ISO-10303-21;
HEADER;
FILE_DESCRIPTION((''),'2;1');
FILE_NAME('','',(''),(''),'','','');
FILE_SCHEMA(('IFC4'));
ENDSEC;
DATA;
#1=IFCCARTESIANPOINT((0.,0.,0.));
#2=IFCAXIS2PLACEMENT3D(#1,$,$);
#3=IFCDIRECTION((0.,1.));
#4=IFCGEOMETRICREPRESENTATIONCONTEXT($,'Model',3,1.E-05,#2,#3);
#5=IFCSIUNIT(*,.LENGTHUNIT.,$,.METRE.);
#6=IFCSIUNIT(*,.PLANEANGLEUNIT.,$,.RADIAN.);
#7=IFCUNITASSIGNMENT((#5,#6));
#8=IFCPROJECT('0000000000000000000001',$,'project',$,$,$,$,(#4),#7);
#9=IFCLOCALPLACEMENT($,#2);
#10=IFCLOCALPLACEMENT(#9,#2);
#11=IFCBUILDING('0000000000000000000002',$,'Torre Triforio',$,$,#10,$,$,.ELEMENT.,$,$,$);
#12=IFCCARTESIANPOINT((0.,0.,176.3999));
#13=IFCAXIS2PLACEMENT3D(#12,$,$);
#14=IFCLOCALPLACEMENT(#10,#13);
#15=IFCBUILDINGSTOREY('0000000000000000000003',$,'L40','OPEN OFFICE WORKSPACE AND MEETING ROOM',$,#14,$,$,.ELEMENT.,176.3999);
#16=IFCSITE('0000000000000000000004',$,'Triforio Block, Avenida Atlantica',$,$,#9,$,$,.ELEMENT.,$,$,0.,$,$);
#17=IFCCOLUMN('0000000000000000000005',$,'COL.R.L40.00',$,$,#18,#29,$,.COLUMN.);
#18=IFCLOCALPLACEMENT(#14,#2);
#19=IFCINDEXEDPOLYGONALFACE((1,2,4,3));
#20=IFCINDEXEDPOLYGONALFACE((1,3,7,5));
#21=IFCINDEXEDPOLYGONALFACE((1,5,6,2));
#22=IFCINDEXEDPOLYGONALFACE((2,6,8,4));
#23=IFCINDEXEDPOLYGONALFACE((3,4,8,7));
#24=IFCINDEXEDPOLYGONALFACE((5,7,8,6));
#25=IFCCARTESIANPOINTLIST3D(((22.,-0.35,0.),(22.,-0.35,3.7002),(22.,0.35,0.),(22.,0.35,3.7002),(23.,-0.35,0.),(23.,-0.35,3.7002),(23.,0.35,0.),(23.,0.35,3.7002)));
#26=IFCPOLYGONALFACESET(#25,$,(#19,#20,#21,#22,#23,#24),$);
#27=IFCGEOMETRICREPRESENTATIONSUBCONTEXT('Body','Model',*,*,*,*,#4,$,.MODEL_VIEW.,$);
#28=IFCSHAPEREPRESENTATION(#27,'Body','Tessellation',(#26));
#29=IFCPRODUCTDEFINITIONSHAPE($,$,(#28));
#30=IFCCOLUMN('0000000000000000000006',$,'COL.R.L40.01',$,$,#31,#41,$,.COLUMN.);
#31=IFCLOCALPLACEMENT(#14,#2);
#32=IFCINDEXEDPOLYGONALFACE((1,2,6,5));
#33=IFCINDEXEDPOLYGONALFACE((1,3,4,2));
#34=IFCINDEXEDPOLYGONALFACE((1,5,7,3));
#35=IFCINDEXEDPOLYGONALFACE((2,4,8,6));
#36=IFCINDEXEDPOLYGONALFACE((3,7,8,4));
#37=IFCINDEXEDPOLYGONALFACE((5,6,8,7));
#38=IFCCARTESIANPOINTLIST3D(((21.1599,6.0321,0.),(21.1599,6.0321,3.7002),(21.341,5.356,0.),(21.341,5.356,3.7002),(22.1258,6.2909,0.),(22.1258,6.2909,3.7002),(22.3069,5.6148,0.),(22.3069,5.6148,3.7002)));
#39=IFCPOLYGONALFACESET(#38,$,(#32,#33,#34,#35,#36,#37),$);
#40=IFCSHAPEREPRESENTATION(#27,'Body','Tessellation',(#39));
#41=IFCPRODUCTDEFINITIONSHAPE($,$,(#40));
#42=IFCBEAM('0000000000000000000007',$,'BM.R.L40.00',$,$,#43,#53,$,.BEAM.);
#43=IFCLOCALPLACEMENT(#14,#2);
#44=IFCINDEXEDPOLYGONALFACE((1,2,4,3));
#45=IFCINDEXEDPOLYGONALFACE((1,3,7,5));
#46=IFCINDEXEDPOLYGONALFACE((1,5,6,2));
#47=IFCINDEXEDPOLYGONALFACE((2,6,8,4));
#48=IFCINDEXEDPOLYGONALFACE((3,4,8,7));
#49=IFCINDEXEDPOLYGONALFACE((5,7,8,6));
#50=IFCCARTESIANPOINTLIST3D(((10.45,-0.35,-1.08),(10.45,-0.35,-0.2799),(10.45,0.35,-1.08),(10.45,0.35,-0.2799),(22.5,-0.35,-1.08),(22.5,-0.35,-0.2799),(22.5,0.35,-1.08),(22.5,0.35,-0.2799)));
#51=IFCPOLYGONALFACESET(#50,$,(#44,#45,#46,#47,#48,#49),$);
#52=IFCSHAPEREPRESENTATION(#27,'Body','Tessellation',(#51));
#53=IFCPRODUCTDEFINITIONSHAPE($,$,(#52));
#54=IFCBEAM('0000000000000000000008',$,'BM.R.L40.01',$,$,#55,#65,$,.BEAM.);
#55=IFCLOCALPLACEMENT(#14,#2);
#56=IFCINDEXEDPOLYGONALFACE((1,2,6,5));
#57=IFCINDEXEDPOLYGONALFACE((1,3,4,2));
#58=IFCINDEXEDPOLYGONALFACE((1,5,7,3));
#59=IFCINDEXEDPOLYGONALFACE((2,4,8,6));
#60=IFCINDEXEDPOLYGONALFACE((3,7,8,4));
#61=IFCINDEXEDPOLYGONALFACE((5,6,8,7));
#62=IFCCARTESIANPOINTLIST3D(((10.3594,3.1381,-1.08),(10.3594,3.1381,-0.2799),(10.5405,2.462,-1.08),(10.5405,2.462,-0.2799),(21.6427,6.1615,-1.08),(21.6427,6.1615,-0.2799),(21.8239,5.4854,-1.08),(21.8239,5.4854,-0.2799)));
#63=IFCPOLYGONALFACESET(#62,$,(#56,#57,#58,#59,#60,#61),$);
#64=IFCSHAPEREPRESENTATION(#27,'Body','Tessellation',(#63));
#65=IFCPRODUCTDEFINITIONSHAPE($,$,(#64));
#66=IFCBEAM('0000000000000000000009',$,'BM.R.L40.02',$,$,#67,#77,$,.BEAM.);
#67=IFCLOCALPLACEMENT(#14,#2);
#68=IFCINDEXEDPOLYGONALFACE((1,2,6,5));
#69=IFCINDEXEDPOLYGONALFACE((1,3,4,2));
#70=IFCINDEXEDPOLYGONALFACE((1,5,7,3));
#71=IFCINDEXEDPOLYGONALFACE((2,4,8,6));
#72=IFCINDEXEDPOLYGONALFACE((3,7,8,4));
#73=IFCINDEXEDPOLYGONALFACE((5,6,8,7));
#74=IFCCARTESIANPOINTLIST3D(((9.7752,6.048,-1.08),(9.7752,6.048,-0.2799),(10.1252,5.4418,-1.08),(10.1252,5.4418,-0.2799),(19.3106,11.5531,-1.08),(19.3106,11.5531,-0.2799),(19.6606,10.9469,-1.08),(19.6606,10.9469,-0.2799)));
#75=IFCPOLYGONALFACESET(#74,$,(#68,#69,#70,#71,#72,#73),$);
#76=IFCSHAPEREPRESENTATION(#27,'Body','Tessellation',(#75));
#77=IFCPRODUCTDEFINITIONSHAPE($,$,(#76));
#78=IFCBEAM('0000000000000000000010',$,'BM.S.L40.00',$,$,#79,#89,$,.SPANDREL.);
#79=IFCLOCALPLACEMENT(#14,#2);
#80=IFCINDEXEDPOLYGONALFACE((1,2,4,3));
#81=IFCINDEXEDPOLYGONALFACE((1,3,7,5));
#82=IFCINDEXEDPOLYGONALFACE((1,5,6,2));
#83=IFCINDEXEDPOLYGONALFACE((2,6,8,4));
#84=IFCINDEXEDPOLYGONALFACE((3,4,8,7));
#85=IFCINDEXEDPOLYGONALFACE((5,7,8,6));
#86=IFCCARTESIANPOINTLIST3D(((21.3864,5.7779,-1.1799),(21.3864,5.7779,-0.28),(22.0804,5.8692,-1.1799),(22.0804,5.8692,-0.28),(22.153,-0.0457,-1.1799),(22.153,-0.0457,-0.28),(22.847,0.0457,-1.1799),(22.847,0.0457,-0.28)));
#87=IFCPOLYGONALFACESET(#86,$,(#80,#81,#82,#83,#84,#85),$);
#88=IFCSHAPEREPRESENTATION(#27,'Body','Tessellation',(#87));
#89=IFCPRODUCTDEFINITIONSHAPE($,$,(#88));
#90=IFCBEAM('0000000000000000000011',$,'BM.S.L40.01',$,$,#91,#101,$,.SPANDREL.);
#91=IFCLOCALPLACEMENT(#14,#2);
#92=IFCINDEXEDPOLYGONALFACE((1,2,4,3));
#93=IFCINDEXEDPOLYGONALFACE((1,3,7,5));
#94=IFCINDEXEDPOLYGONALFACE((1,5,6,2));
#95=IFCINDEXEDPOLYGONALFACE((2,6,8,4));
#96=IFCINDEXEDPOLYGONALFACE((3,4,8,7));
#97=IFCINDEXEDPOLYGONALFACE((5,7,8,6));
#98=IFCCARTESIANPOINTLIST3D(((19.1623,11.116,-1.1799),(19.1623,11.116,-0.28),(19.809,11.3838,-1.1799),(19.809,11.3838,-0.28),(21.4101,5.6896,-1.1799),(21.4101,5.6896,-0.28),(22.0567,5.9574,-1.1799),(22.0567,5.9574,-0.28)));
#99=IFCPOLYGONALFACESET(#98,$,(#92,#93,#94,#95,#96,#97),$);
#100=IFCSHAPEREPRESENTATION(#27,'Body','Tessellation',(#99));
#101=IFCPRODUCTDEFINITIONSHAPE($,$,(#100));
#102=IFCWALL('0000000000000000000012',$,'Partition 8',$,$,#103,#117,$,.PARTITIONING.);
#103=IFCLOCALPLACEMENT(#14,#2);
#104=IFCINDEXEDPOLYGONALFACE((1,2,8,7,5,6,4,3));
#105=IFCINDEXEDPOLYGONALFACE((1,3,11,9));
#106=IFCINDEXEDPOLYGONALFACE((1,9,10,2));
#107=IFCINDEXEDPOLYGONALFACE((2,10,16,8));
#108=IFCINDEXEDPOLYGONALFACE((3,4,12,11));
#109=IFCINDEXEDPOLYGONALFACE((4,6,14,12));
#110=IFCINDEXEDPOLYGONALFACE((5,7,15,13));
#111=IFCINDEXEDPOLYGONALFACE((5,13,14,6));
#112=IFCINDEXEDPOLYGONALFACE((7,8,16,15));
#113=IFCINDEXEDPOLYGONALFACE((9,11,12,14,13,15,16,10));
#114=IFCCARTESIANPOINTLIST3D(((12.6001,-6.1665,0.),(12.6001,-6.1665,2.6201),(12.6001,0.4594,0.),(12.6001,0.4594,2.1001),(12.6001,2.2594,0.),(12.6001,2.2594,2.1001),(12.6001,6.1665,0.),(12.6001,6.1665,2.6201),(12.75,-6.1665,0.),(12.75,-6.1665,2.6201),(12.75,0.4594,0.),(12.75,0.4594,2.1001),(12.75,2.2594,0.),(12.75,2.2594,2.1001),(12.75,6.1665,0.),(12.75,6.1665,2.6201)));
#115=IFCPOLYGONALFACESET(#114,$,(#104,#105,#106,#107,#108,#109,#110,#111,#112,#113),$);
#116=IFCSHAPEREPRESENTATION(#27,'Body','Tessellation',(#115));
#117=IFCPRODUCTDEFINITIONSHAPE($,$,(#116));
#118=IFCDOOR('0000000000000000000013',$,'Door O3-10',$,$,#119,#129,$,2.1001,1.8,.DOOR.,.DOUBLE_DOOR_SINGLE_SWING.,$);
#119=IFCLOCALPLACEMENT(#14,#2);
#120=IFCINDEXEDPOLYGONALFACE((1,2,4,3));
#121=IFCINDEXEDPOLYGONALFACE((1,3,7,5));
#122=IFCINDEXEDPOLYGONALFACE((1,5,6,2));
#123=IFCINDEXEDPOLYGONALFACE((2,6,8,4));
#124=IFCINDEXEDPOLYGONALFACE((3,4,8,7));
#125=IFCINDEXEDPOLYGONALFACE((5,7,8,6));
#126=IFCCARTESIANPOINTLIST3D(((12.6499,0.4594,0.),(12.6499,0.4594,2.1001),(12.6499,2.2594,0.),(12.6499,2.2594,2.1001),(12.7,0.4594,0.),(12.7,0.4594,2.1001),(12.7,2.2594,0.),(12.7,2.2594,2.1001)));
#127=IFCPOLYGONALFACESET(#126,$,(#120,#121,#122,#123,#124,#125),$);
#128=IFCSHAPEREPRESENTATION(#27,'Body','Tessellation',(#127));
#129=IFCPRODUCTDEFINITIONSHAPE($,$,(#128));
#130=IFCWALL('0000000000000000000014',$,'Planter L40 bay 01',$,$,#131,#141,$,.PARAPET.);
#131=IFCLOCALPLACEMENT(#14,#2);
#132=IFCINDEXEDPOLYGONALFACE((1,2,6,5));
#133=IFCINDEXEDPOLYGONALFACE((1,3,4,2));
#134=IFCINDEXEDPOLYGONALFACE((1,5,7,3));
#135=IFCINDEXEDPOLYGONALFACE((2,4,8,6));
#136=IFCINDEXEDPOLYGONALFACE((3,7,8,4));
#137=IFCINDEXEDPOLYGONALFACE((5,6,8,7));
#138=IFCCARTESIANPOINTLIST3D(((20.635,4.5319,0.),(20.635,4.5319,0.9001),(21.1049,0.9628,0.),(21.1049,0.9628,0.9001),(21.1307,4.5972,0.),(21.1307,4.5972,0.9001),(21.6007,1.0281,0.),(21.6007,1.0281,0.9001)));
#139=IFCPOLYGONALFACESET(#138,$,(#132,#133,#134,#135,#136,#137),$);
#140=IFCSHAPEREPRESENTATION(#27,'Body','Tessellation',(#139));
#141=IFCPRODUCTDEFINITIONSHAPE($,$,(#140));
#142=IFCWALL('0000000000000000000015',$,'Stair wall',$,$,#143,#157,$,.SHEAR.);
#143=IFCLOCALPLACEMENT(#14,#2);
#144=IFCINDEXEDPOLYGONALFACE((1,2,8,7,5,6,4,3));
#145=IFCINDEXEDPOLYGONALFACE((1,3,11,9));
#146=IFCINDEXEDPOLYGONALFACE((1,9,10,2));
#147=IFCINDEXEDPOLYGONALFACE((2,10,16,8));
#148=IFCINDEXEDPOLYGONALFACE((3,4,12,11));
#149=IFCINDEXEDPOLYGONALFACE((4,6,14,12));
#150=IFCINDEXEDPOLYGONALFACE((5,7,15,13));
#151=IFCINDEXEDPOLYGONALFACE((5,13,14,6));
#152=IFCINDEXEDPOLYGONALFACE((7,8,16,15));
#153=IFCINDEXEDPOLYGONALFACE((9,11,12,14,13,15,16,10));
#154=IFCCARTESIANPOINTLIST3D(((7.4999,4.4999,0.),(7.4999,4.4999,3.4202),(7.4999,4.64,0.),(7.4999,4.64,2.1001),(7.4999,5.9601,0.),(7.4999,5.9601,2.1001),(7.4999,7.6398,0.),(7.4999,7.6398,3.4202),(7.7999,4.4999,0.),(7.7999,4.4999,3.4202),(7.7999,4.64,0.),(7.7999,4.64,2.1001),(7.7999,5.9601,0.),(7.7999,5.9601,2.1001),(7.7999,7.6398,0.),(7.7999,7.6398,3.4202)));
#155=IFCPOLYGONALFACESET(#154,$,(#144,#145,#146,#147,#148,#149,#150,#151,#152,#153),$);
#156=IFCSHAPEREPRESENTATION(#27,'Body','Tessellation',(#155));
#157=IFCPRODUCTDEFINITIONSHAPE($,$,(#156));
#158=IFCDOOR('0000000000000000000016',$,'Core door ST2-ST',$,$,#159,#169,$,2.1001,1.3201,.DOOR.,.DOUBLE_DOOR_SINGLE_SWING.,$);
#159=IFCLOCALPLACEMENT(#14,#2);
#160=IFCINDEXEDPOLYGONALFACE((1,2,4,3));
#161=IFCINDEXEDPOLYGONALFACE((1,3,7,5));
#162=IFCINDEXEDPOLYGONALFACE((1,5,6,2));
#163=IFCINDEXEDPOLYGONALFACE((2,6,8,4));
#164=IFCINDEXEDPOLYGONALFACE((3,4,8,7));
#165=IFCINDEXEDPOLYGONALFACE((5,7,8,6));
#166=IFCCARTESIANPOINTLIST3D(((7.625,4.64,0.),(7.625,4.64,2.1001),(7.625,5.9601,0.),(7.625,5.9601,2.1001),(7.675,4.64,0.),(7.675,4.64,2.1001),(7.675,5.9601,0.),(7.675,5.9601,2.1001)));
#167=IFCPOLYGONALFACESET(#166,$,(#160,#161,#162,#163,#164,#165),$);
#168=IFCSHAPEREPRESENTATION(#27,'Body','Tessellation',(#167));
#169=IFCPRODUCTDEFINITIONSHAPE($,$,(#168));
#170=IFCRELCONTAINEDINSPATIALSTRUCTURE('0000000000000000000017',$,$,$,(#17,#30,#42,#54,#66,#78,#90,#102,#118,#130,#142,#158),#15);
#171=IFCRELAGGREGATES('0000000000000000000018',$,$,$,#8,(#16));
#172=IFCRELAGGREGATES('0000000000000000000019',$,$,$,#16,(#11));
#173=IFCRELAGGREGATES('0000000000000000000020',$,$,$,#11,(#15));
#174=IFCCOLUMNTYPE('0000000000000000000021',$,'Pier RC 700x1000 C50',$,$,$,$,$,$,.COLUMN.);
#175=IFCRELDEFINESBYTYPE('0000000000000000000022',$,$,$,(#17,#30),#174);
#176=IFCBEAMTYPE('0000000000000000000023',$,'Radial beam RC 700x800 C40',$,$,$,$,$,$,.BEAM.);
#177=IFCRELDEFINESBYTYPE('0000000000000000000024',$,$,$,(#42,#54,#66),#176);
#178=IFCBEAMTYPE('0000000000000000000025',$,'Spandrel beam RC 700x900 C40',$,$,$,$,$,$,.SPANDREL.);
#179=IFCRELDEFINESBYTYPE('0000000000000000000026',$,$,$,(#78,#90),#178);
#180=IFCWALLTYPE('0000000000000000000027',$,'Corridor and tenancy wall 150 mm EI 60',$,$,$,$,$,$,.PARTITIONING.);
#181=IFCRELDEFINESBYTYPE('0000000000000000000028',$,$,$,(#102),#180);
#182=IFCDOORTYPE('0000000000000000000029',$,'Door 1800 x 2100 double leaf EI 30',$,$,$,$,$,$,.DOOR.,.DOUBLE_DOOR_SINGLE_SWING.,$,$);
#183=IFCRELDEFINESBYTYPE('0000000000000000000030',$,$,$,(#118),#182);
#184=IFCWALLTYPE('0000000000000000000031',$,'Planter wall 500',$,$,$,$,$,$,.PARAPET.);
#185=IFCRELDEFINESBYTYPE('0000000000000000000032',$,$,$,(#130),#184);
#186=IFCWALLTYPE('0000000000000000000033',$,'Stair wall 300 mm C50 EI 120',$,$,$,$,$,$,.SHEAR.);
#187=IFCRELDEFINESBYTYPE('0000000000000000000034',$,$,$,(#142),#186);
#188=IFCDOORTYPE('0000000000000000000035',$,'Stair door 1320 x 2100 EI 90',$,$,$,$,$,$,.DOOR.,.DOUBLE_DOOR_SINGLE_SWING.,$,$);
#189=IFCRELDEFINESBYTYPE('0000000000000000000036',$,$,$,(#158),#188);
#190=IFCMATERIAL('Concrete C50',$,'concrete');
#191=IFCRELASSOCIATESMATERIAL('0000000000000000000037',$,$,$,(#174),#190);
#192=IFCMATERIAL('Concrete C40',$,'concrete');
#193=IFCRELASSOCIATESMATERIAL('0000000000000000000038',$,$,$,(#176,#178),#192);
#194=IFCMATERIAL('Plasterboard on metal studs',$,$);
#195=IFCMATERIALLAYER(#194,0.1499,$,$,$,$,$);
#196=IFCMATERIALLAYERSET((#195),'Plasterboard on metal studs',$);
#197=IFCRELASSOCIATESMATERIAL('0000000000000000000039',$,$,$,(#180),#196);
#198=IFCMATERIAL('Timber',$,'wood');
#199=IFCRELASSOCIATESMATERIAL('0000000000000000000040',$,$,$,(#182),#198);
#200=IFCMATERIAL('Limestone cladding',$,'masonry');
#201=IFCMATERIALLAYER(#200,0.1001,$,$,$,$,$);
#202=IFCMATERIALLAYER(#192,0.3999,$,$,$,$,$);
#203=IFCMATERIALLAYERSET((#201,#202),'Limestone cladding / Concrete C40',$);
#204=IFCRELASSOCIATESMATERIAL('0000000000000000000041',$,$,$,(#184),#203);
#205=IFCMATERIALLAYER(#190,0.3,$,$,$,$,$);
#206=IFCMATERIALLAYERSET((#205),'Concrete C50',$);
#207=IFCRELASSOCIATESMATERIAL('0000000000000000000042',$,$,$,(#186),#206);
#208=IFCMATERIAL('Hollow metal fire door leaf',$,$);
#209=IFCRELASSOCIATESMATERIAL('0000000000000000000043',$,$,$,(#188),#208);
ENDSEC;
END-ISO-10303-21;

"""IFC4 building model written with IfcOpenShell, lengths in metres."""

from ifc_helpers import new_model, si_unit, direction, frame, frame_2d, origin, origin_2d, place, context, subcontext, project, spatial, rectangle, extrude, material, layer, layer_set, material_profile, profile_set, type_object, element, fill, save


model = new_model("IFC4")

# Units and contexts
model_context = context("Model", 3, precision=1e-05, world=origin(), true_north=direction((0.0, 1.0)))
body_context = subcontext(model_context, "Body", "Model", "MODEL_VIEW")
ifc_project = project(units=[si_unit("LENGTHUNIT", "METRE"), si_unit("PLANEANGLEUNIT", "RADIAN")], contexts=[model_context])

# Site, building, storey
site_placement = place(None, origin())
site = spatial("IfcSite", under=ifc_project, at=site_placement, Name="Triforio Block, Avenida Atlantica", CompositionType="ELEMENT", RefElevation=0.0)
building_placement = place(site_placement, origin())
building = spatial("IfcBuilding", under=site, at=building_placement, Name="Torre Triforio", CompositionType="ELEMENT")
storey_placement = place(building_placement, frame((0.0, 0.0, 176.3999)))
storey = spatial("IfcBuildingStorey", under=building, at=storey_placement, Name="L40", Description="OPEN OFFICE WORKSPACE AND MEETING ROOM", CompositionType="ELEMENT", Elevation=176.3999)

# Columns
ifc_material_1 = material(Name="Concrete C50", Category="concrete")
ifc_material_profile_1 = material_profile(ifc_material_1, rectangle(XDim=0.7, YDim=1.0, at=origin_2d()), Name="RC 700x1000")
ifc_profile_set_1 = profile_set([ifc_material_profile_1], Name="Concrete C50")
column_type = type_object("IfcColumnType", Name="Pier RC 700x1000 C50", PredefinedType="COLUMN", material=ifc_profile_set_1)
for number, where, z_axis, x_axis, name in (
    (1, (22.5, 0.0, 0.0), (0.0, 0.0, 1.0), (0.0, 1.0, 0.0), "COL.R.L40.00"),
    (2, (21.7334, 5.8235, 0.0), (0.0, 0.0, 1.0), (-0.258819, 0.965926, 0.0), "COL.R.L40.01"),
):
    element("IfcColumn", number, at=place(storey_placement, frame(where, z_axis=z_axis, x_axis=x_axis)), inside=storey, type_object=column_type, Name=name, PredefinedType="COLUMN", context=body_context, shape_type="SweptSolid", body=[
        extrude(rectangle(XDim=0.7, YDim=1.0, at=origin_2d()), origin(), (0.0, 0.0, 1.0), 3.7002),
    ])

# Beams
ifc_material_2 = material(Name="Concrete C40", Category="concrete")
ifc_material_profile_2 = material_profile(ifc_material_2, rectangle(XDim=0.7, YDim=0.8, at=origin_2d()), Name="RC 700x800")
ifc_profile_set_2 = profile_set([ifc_material_profile_2], Name="Concrete C40")
beam_type_1 = type_object("IfcBeamType", Name="Radial beam RC 700x800 C40", PredefinedType="BEAM", material=ifc_profile_set_2)
beam_1_placement = place(storey_placement, frame((10.45, 0.0, -0.6799), z_axis=(1.0, 0.0, 0.0), x_axis=(0.0, 1.0, 0.0)))
element("IfcBeam", 3, at=beam_1_placement, inside=storey, type_object=beam_type_1, Name="BM.R.L40.00", PredefinedType="BEAM", context=body_context, shape_type="SweptSolid", body=[
    extrude(rectangle(XDim=0.7, YDim=0.8, at=origin_2d()), origin(), (0.0, 0.0, 1.0), 12.05),
])
beam_2_placement = place(storey_placement, frame((10.45, 2.8, -0.6799), z_axis=(0.965925, 0.258823, 0.0), x_axis=(-0.258823, 0.965925, 0.0)))
element("IfcBeam", 4, at=beam_2_placement, inside=storey, type_object=beam_type_1, Name="BM.R.L40.01", PredefinedType="BEAM", context=body_context, shape_type="SweptSolid", body=[
    extrude(rectangle(XDim=0.7, YDim=0.8, at=origin_2d()), origin(), (0.0, 0.0, 1.0), 11.6814),
])
beam_3_placement = place(storey_placement, frame((9.9502, 5.7449, -0.6799), z_axis=(0.866031, 0.499991, 0.0), x_axis=(-0.499991, 0.866031, 0.0)))
element("IfcBeam", 5, at=beam_3_placement, inside=storey, type_object=beam_type_1, Name="BM.R.L40.02", PredefinedType="BEAM", context=body_context, shape_type="SweptSolid", body=[
    extrude(rectangle(XDim=0.7, YDim=0.8, at=origin_2d()), origin(), (0.0, 0.0, 1.0), 11.0105),
])
ifc_material_profile_3 = material_profile(ifc_material_2, rectangle(XDim=0.7, YDim=0.8999, at=origin_2d()), Name="RC 700x900")
ifc_profile_set_3 = profile_set([ifc_material_profile_3], Name="Concrete C40")
beam_type_2 = type_object("IfcBeamType", Name="Spandrel beam RC 700x900 C40", PredefinedType="SPANDREL", material=ifc_profile_set_3)
beam_4_placement = place(storey_placement, frame((22.5, 0.0, -0.73), z_axis=(-0.130514, 0.991447, 0.0), x_axis=(-0.991447, -0.130514, 0.0)))
element("IfcBeam", 6, at=beam_4_placement, inside=storey, type_object=beam_type_2, Name="BM.S.L40.00", PredefinedType="SPANDREL", context=body_context, shape_type="SweptSolid", body=[
    extrude(rectangle(XDim=0.7, YDim=0.8999, at=origin_2d()), origin(), (0.0, 0.0, 1.0), 5.8738),
])
beam_5_placement = place(storey_placement, frame((21.7334, 5.8235, -0.73), z_axis=(-0.382693, 0.923875, 0.0), x_axis=(-0.923875, -0.382693, 0.0)))
element("IfcBeam", 7, at=beam_5_placement, inside=storey, type_object=beam_type_2, Name="BM.S.L40.01", PredefinedType="SPANDREL", context=body_context, shape_type="SweptSolid", body=[
    extrude(rectangle(XDim=0.7, YDim=0.8999, at=origin_2d()), origin(), (0.0, 0.0, 1.0), 5.8735),
])

# Wall, opening, door
ifc_material_3 = material(Name="Plasterboard on metal studs")
ifc_layer_1 = layer(ifc_material_3, 0.1499)
ifc_layer_set_1 = layer_set([ifc_layer_1], Name="Plasterboard on metal studs")
wall_type_1 = type_object("IfcWallType", Name="Corridor and tenancy wall 150 mm EI 60", PredefinedType="PARTITIONING", material=ifc_layer_set_1)
wall_1_placement = place(storey_placement, frame((12.675, 6.1665, 0.0), z_axis=(0.0, 0.0, 1.0), x_axis=(0.0, -1.0, 0.0)))
wall_1 = element("IfcWall", 8, at=wall_1_placement, inside=storey, type_object=wall_type_1, Name="Partition 8", PredefinedType="PARTITIONING", context=body_context, shape_type="SweptSolid", body=[
    extrude(rectangle(XDim=12.333, YDim=0.1499, at=frame_2d((6.1665, 0.0))), origin(), (0.0, 0.0, 1.0), 2.6201),
])
opening_1_placement = place(wall_1_placement, frame((3.9072, 0.0, 0.0)))
opening_1 = element("IfcOpeningElement", 9, at=opening_1_placement, cuts=wall_1, PredefinedType="OPENING", context=body_context, shape_type="SweptSolid", body=[
    extrude(rectangle(XDim=1.8, YDim=2.1001, at=frame_2d((0.8999, 1.05))), frame((0.0, 0.085, 0.0), z_axis=(0.0, -1.0, 0.0), x_axis=(1.0, 0.0, 0.0)), (0.0, 0.0, 1.0), 0.1699),
])
ifc_material_4 = material(Name="Timber", Category="wood")
door_type_1 = type_object("IfcDoorType", Name="Door 1800 x 2100 double leaf EI 30", OperationType="DOUBLE_DOOR_SINGLE_SWING", PredefinedType="DOOR", material=ifc_material_4)
door_1_placement = place(opening_1_placement, origin())
door_1 = element("IfcDoor", 10, at=door_1_placement, inside=storey, type_object=door_type_1, Name="Door O3-10", OperationType="DOUBLE_DOOR_SINGLE_SWING", OverallHeight=2.1001, OverallWidth=1.8, PredefinedType="DOOR", context=body_context, shape_type="SweptSolid", body=[
    extrude(rectangle(XDim=1.8, YDim=2.1001, at=frame_2d((0.8999, 1.05))), frame((0.0, 0.0249, 0.0), z_axis=(0.0, -1.0, 0.0), x_axis=(1.0, 0.0, 0.0)), (0.0, 0.0, 1.0), 0.05),
])
fill(opening_1, door_1)

# Wall
ifc_material_5 = material(Name="Limestone cladding", Category="masonry")
ifc_layer_2 = layer(ifc_material_5, 0.1001)
ifc_layer_3 = layer(ifc_material_2, 0.3999)
ifc_layer_set_2 = layer_set([ifc_layer_2, ifc_layer_3], Name="Limestone cladding / Concrete C40")
wall_type_2 = type_object("IfcWallType", Name="Planter wall 500", PredefinedType="PARAPET", material=ifc_layer_set_2)
wall_2_placement = place(storey_placement, frame((21.3528, 0.9956, 0.0), z_axis=(0.0, 0.0, 1.0), x_axis=(-0.130551, 0.991442, 0.0)))
element("IfcWall", 11, at=wall_2_placement, inside=storey, type_object=wall_type_2, Name="Planter L40 bay 01", PredefinedType="PARAPET", context=body_context, shape_type="SweptSolid", body=[
    extrude(rectangle(XDim=3.5999, YDim=0.5, at=frame_2d((1.7998, 0.0))), origin(), (0.0, 0.0, 1.0), 0.9001),
])

# Wall, opening, door
ifc_layer_4 = layer(ifc_material_1, 0.3)
ifc_layer_set_3 = layer_set([ifc_layer_4], Name="Concrete C50")
wall_type_3 = type_object("IfcWallType", Name="Stair wall 300 mm C50 EI 120", PredefinedType="SHEAR", material=ifc_layer_set_3)
wall_3_placement = place(storey_placement, frame((7.6499, 4.5, 0.0), z_axis=(0.0, 0.0, 1.0), x_axis=(0.0, 1.0, 0.0)))
wall_3 = element("IfcWall", 12, at=wall_3_placement, inside=storey, type_object=wall_type_3, Name="Stair wall", PredefinedType="SHEAR", context=body_context, shape_type="SweptSolid", body=[
    extrude(rectangle(XDim=3.1399, YDim=0.3, at=frame_2d((1.5698, 0.0))), origin(), (0.0, 0.0, 1.0), 3.4202),
])
opening_2_placement = place(wall_3_placement, frame((0.1399, 0.0, 0.0)))
opening_2 = element("IfcOpeningElement", 13, at=opening_2_placement, cuts=wall_3, PredefinedType="OPENING", context=body_context, shape_type="SweptSolid", body=[
    extrude(rectangle(XDim=1.3201, YDim=2.1001, at=frame_2d((0.6602, 1.05))), frame((0.0, 0.1599, 0.0), z_axis=(0.0, -1.0, 0.0), x_axis=(1.0, 0.0, 0.0)), (0.0, 0.0, 1.0), 0.3201),
])
ifc_material_6 = material(Name="Hollow metal fire door leaf")
door_type_2 = type_object("IfcDoorType", Name="Stair door 1320 x 2100 EI 90", OperationType="DOUBLE_DOOR_SINGLE_SWING", PredefinedType="DOOR", material=ifc_material_6)
door_2_placement = place(opening_2_placement, origin())
door_2 = element("IfcDoor", 14, at=door_2_placement, inside=storey, type_object=door_type_2, Name="Core door ST2-ST", OperationType="DOUBLE_DOOR_SINGLE_SWING", OverallHeight=2.1001, OverallWidth=1.3201, PredefinedType="DOOR", context=body_context, shape_type="SweptSolid", body=[
    extrude(rectangle(XDim=1.3201, YDim=2.1001, at=frame_2d((0.6602, 1.05))), frame((0.0, 0.0249, 0.0), z_axis=(0.0, -1.0, 0.0), x_axis=(1.0, 0.0, 0.0)), (0.0, 0.0, 1.0), 0.05),
])
fill(opening_2, door_2)

save(model, "model.ifc")
